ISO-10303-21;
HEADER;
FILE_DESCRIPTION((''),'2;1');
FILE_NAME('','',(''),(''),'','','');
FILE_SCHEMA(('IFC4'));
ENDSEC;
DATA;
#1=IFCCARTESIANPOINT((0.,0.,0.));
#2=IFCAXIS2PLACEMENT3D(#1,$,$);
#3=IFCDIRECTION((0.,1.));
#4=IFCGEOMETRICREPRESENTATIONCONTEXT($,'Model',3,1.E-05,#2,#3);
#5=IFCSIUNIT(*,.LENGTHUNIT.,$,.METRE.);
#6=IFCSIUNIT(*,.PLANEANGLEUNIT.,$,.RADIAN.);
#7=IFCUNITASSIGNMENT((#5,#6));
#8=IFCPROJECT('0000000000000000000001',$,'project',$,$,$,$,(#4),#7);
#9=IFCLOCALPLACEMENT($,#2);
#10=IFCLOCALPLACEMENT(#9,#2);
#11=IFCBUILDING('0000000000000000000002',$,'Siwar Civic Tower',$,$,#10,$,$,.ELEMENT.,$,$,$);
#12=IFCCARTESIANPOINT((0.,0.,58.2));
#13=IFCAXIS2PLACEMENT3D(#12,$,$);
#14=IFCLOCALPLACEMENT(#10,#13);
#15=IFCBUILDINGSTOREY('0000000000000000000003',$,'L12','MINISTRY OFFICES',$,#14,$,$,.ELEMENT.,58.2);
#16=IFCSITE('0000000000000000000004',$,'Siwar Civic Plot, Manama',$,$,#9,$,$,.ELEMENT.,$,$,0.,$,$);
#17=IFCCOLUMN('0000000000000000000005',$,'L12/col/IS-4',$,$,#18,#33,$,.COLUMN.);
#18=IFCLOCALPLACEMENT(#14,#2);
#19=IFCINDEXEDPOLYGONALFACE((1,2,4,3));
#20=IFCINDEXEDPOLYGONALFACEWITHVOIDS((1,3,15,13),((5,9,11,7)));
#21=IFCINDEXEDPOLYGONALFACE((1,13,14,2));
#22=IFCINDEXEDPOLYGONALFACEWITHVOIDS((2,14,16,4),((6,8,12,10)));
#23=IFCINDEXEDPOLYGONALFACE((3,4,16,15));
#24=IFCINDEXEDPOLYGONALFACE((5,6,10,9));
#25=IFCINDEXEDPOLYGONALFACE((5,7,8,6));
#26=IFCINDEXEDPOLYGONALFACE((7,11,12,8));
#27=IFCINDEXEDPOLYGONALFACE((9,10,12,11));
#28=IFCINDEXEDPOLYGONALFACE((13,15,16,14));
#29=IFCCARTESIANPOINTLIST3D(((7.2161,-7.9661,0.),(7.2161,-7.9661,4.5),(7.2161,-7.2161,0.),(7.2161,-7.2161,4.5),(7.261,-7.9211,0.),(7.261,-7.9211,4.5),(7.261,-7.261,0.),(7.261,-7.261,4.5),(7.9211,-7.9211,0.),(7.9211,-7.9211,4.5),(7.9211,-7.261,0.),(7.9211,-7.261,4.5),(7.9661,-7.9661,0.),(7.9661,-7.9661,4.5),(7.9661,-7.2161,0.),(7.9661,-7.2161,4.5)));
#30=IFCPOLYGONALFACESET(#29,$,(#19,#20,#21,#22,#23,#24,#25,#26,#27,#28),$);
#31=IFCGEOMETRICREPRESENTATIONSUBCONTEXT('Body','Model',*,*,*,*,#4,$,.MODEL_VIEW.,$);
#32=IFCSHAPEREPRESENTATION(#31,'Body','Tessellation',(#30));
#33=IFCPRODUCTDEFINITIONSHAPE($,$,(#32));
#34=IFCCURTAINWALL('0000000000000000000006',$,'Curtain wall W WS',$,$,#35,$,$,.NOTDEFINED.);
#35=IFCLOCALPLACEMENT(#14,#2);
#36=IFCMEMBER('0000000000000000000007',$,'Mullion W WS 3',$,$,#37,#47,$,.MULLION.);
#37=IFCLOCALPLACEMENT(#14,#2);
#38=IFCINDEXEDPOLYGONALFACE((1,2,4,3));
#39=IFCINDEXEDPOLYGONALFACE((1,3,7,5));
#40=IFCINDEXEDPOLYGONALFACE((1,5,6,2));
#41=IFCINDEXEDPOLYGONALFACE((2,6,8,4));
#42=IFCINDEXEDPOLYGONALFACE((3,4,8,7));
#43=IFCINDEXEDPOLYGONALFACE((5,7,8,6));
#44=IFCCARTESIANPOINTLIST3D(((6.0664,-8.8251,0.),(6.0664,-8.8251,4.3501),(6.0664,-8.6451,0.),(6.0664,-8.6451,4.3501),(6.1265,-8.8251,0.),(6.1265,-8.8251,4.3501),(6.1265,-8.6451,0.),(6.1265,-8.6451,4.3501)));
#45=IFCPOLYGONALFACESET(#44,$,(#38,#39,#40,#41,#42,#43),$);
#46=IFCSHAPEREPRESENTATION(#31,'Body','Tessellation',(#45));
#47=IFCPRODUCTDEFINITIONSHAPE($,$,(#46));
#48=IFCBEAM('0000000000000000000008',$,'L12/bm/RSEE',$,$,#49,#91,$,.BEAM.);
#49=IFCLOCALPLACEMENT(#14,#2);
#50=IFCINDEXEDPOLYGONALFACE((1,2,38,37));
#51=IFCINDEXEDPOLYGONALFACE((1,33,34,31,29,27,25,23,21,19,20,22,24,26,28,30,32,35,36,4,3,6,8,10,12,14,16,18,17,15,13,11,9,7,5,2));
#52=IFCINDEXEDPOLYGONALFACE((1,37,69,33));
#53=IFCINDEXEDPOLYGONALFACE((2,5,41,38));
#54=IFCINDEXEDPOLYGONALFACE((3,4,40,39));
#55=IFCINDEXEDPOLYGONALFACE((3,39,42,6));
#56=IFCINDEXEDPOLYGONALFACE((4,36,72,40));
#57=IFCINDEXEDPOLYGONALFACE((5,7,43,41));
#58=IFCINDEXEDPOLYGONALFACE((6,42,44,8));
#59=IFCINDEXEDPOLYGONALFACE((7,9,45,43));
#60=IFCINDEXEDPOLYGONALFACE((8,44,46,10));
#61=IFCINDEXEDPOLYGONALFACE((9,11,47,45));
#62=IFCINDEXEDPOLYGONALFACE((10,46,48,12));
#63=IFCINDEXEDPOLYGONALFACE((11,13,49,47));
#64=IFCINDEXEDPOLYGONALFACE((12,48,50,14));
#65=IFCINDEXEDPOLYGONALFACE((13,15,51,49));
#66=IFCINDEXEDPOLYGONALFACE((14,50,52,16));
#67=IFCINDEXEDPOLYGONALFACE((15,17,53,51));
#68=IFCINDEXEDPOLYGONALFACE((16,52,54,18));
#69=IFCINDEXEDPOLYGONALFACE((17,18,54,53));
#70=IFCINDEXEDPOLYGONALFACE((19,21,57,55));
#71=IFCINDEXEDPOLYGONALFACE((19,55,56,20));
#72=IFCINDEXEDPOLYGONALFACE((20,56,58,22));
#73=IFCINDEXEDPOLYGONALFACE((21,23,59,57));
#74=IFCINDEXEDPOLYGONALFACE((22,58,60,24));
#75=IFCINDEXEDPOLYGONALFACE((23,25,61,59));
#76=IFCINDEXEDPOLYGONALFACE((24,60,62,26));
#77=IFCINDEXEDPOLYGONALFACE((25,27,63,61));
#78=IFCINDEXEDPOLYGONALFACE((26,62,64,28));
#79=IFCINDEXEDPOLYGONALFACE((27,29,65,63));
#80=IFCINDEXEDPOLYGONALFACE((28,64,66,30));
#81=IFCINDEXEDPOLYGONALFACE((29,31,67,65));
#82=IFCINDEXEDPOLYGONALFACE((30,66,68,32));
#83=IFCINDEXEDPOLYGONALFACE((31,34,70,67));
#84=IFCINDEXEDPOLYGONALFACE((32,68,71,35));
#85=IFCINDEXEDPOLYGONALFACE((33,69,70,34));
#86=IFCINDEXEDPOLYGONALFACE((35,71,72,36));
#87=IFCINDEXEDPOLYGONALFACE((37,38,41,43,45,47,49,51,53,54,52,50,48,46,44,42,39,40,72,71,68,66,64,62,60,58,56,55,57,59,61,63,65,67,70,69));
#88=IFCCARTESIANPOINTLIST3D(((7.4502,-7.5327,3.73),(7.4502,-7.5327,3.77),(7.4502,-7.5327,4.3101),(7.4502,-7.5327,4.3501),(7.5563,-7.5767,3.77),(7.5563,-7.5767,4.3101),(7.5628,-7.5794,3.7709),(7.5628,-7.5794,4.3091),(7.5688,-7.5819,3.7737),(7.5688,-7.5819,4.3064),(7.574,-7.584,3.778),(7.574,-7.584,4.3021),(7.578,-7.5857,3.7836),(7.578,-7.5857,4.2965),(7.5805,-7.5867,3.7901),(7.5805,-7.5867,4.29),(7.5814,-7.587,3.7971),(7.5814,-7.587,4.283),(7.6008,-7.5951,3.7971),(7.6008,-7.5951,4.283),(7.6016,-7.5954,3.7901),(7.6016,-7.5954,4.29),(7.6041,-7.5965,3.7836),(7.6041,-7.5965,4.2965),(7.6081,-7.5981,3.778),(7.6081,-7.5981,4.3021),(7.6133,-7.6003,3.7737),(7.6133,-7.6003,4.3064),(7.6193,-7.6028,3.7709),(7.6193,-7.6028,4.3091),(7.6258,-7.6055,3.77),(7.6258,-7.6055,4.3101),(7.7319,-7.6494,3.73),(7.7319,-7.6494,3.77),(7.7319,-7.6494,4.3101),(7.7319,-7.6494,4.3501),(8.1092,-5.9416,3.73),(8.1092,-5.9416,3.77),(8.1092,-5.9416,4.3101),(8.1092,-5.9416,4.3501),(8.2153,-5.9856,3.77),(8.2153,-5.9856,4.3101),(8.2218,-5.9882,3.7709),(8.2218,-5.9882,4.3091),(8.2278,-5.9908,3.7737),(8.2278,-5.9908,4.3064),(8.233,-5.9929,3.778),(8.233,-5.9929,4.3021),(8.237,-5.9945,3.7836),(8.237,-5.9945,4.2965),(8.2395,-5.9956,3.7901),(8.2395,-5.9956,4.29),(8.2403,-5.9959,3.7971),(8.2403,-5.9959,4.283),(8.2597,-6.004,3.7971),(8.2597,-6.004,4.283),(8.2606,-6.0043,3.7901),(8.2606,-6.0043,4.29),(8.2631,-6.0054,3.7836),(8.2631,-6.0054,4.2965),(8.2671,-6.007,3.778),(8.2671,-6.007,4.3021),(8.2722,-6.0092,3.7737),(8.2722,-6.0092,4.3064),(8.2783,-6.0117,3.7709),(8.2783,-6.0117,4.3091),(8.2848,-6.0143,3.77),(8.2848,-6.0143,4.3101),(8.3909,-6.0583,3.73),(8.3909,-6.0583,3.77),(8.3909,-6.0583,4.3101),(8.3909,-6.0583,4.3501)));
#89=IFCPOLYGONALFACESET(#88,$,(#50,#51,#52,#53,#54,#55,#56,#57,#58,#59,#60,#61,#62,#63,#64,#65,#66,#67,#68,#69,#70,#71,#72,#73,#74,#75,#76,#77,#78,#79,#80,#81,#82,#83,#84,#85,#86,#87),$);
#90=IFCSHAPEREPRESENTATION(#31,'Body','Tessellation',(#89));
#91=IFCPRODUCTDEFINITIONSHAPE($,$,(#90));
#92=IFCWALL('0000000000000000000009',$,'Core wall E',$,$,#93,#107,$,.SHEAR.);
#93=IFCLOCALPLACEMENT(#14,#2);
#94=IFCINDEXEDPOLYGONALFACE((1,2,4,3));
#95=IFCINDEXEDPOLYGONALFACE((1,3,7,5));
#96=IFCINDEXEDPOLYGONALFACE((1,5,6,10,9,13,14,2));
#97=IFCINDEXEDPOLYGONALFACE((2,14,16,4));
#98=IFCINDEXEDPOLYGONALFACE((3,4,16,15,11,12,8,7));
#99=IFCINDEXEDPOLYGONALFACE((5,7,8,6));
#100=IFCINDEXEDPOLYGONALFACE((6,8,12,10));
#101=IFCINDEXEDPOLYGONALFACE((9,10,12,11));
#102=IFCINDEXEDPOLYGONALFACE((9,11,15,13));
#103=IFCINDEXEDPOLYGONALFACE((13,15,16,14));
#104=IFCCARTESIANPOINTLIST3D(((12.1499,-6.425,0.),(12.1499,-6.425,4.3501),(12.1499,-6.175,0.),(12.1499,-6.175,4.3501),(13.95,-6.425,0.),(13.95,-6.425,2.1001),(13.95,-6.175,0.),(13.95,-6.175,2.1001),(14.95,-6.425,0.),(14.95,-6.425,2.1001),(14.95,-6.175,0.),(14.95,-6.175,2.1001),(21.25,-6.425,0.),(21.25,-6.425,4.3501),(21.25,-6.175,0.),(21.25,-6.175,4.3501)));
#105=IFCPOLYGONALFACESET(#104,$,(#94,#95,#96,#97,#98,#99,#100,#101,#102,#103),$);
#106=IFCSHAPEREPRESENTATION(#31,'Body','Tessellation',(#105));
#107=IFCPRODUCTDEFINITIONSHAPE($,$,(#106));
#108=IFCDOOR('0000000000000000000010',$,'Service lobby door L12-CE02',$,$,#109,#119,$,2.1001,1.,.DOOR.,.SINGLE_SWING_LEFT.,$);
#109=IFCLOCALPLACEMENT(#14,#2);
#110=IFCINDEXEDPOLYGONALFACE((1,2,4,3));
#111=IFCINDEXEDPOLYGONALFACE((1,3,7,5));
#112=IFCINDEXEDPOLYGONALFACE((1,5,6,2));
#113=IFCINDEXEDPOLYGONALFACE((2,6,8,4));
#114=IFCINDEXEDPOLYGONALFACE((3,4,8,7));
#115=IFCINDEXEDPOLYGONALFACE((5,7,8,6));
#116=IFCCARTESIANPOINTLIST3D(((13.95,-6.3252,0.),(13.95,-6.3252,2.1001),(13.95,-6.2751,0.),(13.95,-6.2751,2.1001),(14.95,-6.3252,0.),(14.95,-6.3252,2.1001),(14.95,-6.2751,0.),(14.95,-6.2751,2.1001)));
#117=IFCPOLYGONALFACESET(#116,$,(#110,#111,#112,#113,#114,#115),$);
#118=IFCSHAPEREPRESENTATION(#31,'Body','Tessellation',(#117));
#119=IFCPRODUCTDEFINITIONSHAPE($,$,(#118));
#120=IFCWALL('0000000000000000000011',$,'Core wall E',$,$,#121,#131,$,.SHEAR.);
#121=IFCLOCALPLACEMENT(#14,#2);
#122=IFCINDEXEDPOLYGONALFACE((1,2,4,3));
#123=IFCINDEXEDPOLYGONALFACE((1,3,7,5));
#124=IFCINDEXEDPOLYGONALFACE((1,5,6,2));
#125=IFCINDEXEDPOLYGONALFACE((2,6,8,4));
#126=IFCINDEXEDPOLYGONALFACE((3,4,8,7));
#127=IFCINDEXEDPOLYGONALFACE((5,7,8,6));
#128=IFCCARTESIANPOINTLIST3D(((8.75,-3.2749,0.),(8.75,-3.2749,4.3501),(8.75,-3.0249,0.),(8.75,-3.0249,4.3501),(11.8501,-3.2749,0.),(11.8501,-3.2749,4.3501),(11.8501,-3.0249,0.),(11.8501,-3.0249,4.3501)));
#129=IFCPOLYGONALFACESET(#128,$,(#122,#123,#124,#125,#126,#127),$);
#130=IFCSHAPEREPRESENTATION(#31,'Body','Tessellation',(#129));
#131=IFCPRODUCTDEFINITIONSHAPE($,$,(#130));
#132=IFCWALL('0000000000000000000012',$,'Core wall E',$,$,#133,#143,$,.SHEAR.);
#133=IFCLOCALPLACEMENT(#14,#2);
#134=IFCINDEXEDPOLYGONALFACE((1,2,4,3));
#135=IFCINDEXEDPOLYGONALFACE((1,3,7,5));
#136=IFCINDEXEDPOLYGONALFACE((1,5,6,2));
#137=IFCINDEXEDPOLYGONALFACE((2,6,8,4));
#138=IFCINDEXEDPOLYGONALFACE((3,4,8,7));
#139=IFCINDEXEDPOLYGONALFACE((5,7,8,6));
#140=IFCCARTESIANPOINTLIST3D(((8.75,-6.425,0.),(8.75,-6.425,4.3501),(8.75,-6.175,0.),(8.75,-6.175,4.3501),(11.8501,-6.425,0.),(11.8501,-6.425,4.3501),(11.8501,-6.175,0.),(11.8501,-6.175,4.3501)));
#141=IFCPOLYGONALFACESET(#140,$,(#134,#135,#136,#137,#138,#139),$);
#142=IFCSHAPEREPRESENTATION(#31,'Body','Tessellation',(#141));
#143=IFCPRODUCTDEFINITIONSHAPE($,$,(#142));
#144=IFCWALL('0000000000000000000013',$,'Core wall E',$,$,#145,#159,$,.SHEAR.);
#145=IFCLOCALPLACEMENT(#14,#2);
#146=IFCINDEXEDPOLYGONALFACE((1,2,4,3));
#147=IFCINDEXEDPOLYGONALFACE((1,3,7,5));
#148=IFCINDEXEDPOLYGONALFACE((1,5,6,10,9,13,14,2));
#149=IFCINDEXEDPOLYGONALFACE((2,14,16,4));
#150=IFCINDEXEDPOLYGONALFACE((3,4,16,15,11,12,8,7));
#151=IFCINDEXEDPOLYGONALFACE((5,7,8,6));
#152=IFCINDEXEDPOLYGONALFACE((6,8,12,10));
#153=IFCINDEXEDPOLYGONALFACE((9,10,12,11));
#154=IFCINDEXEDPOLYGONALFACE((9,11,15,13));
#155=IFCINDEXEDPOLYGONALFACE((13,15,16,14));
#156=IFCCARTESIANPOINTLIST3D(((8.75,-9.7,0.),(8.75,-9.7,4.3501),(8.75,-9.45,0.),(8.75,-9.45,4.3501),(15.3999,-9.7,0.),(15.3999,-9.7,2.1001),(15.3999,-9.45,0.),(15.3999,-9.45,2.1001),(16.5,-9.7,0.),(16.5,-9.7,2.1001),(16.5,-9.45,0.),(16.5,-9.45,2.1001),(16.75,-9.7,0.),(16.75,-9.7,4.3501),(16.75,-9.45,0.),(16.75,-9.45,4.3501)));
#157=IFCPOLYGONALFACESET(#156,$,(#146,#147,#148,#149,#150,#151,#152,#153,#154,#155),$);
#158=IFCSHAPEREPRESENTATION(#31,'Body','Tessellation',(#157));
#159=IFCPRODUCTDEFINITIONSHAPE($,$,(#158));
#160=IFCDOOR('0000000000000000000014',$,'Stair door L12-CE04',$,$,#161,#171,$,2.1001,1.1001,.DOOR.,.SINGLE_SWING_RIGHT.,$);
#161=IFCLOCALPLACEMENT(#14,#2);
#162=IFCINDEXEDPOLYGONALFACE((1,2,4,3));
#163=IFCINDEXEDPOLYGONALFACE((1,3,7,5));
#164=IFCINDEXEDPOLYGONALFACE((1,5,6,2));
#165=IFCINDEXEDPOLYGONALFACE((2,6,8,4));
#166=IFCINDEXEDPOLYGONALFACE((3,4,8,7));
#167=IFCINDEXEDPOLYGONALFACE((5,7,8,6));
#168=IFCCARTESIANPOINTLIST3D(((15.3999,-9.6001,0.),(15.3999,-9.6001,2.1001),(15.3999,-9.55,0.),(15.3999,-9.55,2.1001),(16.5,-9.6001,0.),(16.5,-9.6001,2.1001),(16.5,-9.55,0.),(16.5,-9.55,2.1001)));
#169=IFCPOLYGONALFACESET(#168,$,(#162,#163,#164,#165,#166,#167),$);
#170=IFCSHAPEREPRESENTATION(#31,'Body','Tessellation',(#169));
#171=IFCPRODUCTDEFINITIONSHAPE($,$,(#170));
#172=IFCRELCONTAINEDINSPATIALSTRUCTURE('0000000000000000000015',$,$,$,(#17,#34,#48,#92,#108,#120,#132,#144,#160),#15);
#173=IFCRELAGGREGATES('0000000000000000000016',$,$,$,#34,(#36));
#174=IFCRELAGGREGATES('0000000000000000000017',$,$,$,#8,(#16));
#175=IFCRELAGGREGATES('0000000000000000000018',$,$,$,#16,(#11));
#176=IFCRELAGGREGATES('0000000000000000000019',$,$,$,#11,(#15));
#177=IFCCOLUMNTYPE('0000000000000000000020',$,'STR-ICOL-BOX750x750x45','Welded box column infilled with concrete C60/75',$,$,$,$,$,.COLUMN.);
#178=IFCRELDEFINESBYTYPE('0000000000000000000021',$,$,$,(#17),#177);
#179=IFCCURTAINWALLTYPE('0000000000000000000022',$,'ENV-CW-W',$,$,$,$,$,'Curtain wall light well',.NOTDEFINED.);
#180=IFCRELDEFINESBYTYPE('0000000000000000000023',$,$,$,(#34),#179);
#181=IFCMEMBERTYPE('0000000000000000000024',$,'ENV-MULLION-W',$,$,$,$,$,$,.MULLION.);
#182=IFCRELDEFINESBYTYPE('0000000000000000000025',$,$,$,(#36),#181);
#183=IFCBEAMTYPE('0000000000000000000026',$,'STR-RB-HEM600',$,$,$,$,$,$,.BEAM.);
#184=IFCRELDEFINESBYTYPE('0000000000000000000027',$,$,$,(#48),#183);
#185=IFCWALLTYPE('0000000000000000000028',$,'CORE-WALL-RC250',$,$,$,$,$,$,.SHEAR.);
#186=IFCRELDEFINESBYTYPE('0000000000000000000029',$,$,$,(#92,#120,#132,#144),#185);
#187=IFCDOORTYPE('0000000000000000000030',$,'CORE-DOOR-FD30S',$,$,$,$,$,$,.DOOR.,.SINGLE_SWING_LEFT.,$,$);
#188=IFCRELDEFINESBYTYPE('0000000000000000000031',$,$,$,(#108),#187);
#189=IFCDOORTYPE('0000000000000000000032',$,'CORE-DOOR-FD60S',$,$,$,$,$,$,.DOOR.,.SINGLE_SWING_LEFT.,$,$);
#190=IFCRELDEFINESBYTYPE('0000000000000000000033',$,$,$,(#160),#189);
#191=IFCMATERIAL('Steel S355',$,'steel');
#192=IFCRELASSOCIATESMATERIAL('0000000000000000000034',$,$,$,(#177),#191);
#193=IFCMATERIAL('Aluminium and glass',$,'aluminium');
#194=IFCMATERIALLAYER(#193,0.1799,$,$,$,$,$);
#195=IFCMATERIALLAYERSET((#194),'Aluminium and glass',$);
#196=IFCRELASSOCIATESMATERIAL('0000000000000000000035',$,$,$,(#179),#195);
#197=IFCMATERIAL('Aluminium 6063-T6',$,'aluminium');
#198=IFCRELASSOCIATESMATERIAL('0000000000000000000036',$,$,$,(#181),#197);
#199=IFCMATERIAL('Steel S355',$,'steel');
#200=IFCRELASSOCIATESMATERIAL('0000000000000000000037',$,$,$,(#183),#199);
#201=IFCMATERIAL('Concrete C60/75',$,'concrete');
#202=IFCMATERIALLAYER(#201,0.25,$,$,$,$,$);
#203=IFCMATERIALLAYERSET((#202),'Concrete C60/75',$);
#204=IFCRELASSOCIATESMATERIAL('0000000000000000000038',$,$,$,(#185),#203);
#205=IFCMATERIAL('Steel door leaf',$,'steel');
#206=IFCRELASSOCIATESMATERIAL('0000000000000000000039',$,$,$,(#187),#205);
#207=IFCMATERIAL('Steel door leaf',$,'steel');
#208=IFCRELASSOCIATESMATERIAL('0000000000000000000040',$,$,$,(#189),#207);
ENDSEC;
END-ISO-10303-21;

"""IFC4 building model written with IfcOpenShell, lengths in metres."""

from ifc_helpers import new_model, si_unit, direction, frame, frame_2d, origin, origin_2d, place, context, subcontext, project, spatial, rectangle, hollow_rectangle, i_section, extrude, material, layer, layer_set, material_profile, profile_set, type_object, element, fill, aggregate, save


model = new_model("IFC4")

# Units and contexts
model_context = context("Model", 3, precision=1e-05, world=origin(), true_north=direction((0.0, 1.0)))
body_context = subcontext(model_context, "Body", "Model", "MODEL_VIEW")
ifc_project = project(units=[si_unit("LENGTHUNIT", "METRE"), si_unit("PLANEANGLEUNIT", "RADIAN")], contexts=[model_context])

# Site, building, storey
site_placement = place(None, origin())
site = spatial("IfcSite", under=ifc_project, at=site_placement, Name="Siwar Civic Plot, Manama", CompositionType="ELEMENT", RefElevation=0.0)
building_placement = place(site_placement, origin())
building = spatial("IfcBuilding", under=site, at=building_placement, Name="Siwar Civic Tower", CompositionType="ELEMENT")
storey_placement = place(building_placement, frame((0.0, 0.0, 58.2)))
storey = spatial("IfcBuildingStorey", under=building, at=storey_placement, Name="L12", Description="MINISTRY OFFICES", CompositionType="ELEMENT", Elevation=58.2)

# Column
ifc_material_1 = material(Name="Steel S355", Category="steel")
ifc_material_profile_1 = material_profile(ifc_material_1, hollow_rectangle(XDim=0.75, YDim=0.75, WallThickness=0.0449, at=origin_2d()), Name="BOX750x750x45")
ifc_profile_set_1 = profile_set([ifc_material_profile_1], Name="Steel S355")
column_type = type_object("IfcColumnType", Name="STR-ICOL-BOX750x750x45", Description="Welded box column infilled with concrete C60/75", PredefinedType="COLUMN", material=ifc_profile_set_1)
column_placement = place(storey_placement, frame((7.5911, -7.5911, 0.0), z_axis=(0.0, 0.0, 1.0), x_axis=(1.0, 0.0, 0.0)))
element("IfcColumn", 1, at=column_placement, inside=storey, type_object=column_type, Name="L12/col/IS-4", PredefinedType="COLUMN", context=body_context, shape_type="SweptSolid", body=[
    extrude(hollow_rectangle(XDim=0.75, YDim=0.75, WallThickness=0.0449, at=origin_2d()), origin(), (0.0, 0.0, 1.0), 4.5),
])

# Curtain wall, member
ifc_material_2 = material(Name="Aluminium and glass", Category="aluminium")
ifc_layer_1 = layer(ifc_material_2, 0.1799)
ifc_layer_set_1 = layer_set([ifc_layer_1], Name="Aluminium and glass")
curtain_wall_type = type_object("IfcCurtainWallType", Name="ENV-CW-W", ElementType="Curtain wall light well", PredefinedType="NOTDEFINED", material=ifc_layer_set_1)
curtain_wall_placement = place(storey_placement, origin())
curtain_wall = element("IfcCurtainWall", 2, at=curtain_wall_placement, inside=storey, type_object=curtain_wall_type, Name="Curtain wall W WS", PredefinedType="NOTDEFINED")
ifc_material_3 = material(Name="Aluminium 6063-T6", Category="aluminium")
ifc_material_profile_2 = material_profile(ifc_material_3, rectangle(XDim=0.1799, YDim=0.0601, at=origin_2d()), Name="AL 180x60")
ifc_profile_set_2 = profile_set([ifc_material_profile_2], Name="Aluminium 6063-T6")
member_type = type_object("IfcMemberType", Name="ENV-MULLION-W", PredefinedType="MULLION", material=ifc_profile_set_2)
member_placement = place(storey_placement, frame((6.0964, -8.7351, 0.0), z_axis=(0.0, 0.0, 1.0), x_axis=(0.0, 1.0, 0.0)))
member = element("IfcMember", 3, at=member_placement, type_object=member_type, Name="Mullion W WS 3", PredefinedType="MULLION", context=body_context, shape_type="SweptSolid", body=[
    extrude(rectangle(XDim=0.1799, YDim=0.0601, at=origin_2d()), origin(), (0.0, 0.0, 1.0), 4.3501),
])
aggregate(curtain_wall, [member])

# Beam
ifc_material_4 = material(Name="Steel S355", Category="steel")
ifc_material_profile_3 = material_profile(ifc_material_4, i_section(OverallWidth=0.3049, OverallDepth=0.6201, WebThickness=0.021, FlangeThickness=0.04, FilletRadius=0.0271, at=origin_2d()), Name="HEM600")
ifc_profile_set_3 = profile_set([ifc_material_profile_3], Name="Steel S355")
beam_type = type_object("IfcBeamType", Name="STR-RB-HEM600", PredefinedType="BEAM", material=ifc_profile_set_3)
beam_placement = place(storey_placement, frame((7.5911, -7.5911, 4.04), z_axis=(0.382631, 0.923901, 0.0), x_axis=(-0.923901, 0.382631, 0.0)))
element("IfcBeam", 4, at=beam_placement, inside=storey, type_object=beam_type, Name="L12/bm/RSEE", PredefinedType="BEAM", context=body_context, shape_type="SweptSolid", body=[
    extrude(i_section(OverallWidth=0.3049, OverallDepth=0.6201, WebThickness=0.021, FlangeThickness=0.04, FilletRadius=0.0271, at=origin_2d()), origin(), (0.0, 0.0, 1.0), 1.7222),
])

# Wall, opening, door
ifc_material_5 = material(Name="Concrete C60/75", Category="concrete")
ifc_layer_2 = layer(ifc_material_5, 0.25)
ifc_layer_set_2 = layer_set([ifc_layer_2], Name="Concrete C60/75")
wall_type_1 = type_object("IfcWallType", Name="CORE-WALL-RC250", PredefinedType="SHEAR", material=ifc_layer_set_2)
wall_1_placement = place(storey_placement, frame((12.1499, -6.3, 0.0), z_axis=(0.0, 0.0, 1.0), x_axis=(1.0, 0.0, 0.0)))
wall_1 = element("IfcWall", 5, at=wall_1_placement, inside=storey, type_object=wall_type_1, Name="Core wall E", PredefinedType="SHEAR", context=body_context, shape_type="SweptSolid", body=[
    extrude(rectangle(XDim=9.1001, YDim=0.25, at=frame_2d((4.55, 0.0))), origin(), (0.0, 0.0, 1.0), 4.3501),
])
opening_1_placement = place(wall_1_placement, frame((1.8, 0.0, 0.0)))
opening_1 = element("IfcOpeningElement", 6, at=opening_1_placement, cuts=wall_1, PredefinedType="OPENING", context=body_context, shape_type="SweptSolid", body=[
    extrude(rectangle(XDim=1.0, YDim=2.1001, at=frame_2d((0.5, 1.05))), frame((0.0, 0.135, 0.0), z_axis=(0.0, -1.0, 0.0), x_axis=(1.0, 0.0, 0.0)), (0.0, 0.0, 1.0), 0.27),
])
ifc_material_6 = material(Name="Steel door leaf", Category="steel")
door_type_1 = type_object("IfcDoorType", Name="CORE-DOOR-FD30S", OperationType="SINGLE_SWING_LEFT", PredefinedType="DOOR", material=ifc_material_6)
door_1_placement = place(opening_1_placement, origin())
door_1 = element("IfcDoor", 7, at=door_1_placement, inside=storey, type_object=door_type_1, Name="Service lobby door L12-CE02", OperationType="SINGLE_SWING_LEFT", OverallHeight=2.1001, OverallWidth=1.0, PredefinedType="DOOR", context=body_context, shape_type="SweptSolid", body=[
    extrude(rectangle(XDim=1.0, YDim=2.1001, at=frame_2d((0.5, 1.05))), frame((0.0, 0.0249, 0.0), z_axis=(0.0, -1.0, 0.0), x_axis=(1.0, 0.0, 0.0)), (0.0, 0.0, 1.0), 0.05),
])
fill(opening_1, door_1)

# Walls
for number, where, z_axis, x_axis, name in (
    (8, (8.75, -3.1499, 0.0), (0.0, 0.0, 1.0), (1.0, 0.0, 0.0), "Core wall E"),
    (9, (8.75, -6.3, 0.0), (0.0, 0.0, 1.0), (1.0, 0.0, 0.0), "Core wall E"),
):
    element("IfcWall", number, at=place(storey_placement, frame(where, z_axis=z_axis, x_axis=x_axis)), inside=storey, type_object=wall_type_1, Name=name, PredefinedType="SHEAR", context=body_context, shape_type="SweptSolid", body=[
        extrude(rectangle(XDim=3.1001, YDim=0.25, at=frame_2d((1.55, 0.0))), origin(), (0.0, 0.0, 1.0), 4.3501),
    ])

# Wall, opening, door
wall_2_placement = place(storey_placement, frame((8.75, -9.575, 0.0), z_axis=(0.0, 0.0, 1.0), x_axis=(1.0, 0.0, 0.0)))
wall_2 = element("IfcWall", 10, at=wall_2_placement, inside=storey, type_object=wall_type_1, Name="Core wall E", PredefinedType="SHEAR", context=body_context, shape_type="SweptSolid", body=[
    extrude(rectangle(XDim=8.0, YDim=0.25, at=frame_2d((4.0, 0.0))), origin(), (0.0, 0.0, 1.0), 4.3501),
])
opening_2_placement = place(wall_2_placement, frame((6.6499, 0.0, 0.0)))
opening_2 = element("IfcOpeningElement", 11, at=opening_2_placement, cuts=wall_2, PredefinedType="OPENING", context=body_context, shape_type="SweptSolid", body=[
    extrude(rectangle(XDim=1.1001, YDim=2.1001, at=frame_2d((0.55, 1.05))), frame((0.0, 0.135, 0.0), z_axis=(0.0, -1.0, 0.0), x_axis=(1.0, 0.0, 0.0)), (0.0, 0.0, 1.0), 0.27),
])
ifc_material_7 = material(Name="Steel door leaf", Category="steel")
door_type_2 = type_object("IfcDoorType", Name="CORE-DOOR-FD60S", OperationType="SINGLE_SWING_LEFT", PredefinedType="DOOR", material=ifc_material_7)
door_2_placement = place(opening_2_placement, origin())
door_2 = element("IfcDoor", 12, at=door_2_placement, inside=storey, type_object=door_type_2, Name="Stair door L12-CE04", OperationType="SINGLE_SWING_RIGHT", OverallHeight=2.1001, OverallWidth=1.1001, PredefinedType="DOOR", context=body_context, shape_type="SweptSolid", body=[
    extrude(rectangle(XDim=1.1001, YDim=2.1001, at=frame_2d((0.55, 1.05))), frame((0.0, 0.0249, 0.0), z_axis=(0.0, -1.0, 0.0), x_axis=(1.0, 0.0, 0.0)), (0.0, 0.0, 1.0), 0.05),
])
fill(opening_2, door_2)

save(model, "model.ifc")
